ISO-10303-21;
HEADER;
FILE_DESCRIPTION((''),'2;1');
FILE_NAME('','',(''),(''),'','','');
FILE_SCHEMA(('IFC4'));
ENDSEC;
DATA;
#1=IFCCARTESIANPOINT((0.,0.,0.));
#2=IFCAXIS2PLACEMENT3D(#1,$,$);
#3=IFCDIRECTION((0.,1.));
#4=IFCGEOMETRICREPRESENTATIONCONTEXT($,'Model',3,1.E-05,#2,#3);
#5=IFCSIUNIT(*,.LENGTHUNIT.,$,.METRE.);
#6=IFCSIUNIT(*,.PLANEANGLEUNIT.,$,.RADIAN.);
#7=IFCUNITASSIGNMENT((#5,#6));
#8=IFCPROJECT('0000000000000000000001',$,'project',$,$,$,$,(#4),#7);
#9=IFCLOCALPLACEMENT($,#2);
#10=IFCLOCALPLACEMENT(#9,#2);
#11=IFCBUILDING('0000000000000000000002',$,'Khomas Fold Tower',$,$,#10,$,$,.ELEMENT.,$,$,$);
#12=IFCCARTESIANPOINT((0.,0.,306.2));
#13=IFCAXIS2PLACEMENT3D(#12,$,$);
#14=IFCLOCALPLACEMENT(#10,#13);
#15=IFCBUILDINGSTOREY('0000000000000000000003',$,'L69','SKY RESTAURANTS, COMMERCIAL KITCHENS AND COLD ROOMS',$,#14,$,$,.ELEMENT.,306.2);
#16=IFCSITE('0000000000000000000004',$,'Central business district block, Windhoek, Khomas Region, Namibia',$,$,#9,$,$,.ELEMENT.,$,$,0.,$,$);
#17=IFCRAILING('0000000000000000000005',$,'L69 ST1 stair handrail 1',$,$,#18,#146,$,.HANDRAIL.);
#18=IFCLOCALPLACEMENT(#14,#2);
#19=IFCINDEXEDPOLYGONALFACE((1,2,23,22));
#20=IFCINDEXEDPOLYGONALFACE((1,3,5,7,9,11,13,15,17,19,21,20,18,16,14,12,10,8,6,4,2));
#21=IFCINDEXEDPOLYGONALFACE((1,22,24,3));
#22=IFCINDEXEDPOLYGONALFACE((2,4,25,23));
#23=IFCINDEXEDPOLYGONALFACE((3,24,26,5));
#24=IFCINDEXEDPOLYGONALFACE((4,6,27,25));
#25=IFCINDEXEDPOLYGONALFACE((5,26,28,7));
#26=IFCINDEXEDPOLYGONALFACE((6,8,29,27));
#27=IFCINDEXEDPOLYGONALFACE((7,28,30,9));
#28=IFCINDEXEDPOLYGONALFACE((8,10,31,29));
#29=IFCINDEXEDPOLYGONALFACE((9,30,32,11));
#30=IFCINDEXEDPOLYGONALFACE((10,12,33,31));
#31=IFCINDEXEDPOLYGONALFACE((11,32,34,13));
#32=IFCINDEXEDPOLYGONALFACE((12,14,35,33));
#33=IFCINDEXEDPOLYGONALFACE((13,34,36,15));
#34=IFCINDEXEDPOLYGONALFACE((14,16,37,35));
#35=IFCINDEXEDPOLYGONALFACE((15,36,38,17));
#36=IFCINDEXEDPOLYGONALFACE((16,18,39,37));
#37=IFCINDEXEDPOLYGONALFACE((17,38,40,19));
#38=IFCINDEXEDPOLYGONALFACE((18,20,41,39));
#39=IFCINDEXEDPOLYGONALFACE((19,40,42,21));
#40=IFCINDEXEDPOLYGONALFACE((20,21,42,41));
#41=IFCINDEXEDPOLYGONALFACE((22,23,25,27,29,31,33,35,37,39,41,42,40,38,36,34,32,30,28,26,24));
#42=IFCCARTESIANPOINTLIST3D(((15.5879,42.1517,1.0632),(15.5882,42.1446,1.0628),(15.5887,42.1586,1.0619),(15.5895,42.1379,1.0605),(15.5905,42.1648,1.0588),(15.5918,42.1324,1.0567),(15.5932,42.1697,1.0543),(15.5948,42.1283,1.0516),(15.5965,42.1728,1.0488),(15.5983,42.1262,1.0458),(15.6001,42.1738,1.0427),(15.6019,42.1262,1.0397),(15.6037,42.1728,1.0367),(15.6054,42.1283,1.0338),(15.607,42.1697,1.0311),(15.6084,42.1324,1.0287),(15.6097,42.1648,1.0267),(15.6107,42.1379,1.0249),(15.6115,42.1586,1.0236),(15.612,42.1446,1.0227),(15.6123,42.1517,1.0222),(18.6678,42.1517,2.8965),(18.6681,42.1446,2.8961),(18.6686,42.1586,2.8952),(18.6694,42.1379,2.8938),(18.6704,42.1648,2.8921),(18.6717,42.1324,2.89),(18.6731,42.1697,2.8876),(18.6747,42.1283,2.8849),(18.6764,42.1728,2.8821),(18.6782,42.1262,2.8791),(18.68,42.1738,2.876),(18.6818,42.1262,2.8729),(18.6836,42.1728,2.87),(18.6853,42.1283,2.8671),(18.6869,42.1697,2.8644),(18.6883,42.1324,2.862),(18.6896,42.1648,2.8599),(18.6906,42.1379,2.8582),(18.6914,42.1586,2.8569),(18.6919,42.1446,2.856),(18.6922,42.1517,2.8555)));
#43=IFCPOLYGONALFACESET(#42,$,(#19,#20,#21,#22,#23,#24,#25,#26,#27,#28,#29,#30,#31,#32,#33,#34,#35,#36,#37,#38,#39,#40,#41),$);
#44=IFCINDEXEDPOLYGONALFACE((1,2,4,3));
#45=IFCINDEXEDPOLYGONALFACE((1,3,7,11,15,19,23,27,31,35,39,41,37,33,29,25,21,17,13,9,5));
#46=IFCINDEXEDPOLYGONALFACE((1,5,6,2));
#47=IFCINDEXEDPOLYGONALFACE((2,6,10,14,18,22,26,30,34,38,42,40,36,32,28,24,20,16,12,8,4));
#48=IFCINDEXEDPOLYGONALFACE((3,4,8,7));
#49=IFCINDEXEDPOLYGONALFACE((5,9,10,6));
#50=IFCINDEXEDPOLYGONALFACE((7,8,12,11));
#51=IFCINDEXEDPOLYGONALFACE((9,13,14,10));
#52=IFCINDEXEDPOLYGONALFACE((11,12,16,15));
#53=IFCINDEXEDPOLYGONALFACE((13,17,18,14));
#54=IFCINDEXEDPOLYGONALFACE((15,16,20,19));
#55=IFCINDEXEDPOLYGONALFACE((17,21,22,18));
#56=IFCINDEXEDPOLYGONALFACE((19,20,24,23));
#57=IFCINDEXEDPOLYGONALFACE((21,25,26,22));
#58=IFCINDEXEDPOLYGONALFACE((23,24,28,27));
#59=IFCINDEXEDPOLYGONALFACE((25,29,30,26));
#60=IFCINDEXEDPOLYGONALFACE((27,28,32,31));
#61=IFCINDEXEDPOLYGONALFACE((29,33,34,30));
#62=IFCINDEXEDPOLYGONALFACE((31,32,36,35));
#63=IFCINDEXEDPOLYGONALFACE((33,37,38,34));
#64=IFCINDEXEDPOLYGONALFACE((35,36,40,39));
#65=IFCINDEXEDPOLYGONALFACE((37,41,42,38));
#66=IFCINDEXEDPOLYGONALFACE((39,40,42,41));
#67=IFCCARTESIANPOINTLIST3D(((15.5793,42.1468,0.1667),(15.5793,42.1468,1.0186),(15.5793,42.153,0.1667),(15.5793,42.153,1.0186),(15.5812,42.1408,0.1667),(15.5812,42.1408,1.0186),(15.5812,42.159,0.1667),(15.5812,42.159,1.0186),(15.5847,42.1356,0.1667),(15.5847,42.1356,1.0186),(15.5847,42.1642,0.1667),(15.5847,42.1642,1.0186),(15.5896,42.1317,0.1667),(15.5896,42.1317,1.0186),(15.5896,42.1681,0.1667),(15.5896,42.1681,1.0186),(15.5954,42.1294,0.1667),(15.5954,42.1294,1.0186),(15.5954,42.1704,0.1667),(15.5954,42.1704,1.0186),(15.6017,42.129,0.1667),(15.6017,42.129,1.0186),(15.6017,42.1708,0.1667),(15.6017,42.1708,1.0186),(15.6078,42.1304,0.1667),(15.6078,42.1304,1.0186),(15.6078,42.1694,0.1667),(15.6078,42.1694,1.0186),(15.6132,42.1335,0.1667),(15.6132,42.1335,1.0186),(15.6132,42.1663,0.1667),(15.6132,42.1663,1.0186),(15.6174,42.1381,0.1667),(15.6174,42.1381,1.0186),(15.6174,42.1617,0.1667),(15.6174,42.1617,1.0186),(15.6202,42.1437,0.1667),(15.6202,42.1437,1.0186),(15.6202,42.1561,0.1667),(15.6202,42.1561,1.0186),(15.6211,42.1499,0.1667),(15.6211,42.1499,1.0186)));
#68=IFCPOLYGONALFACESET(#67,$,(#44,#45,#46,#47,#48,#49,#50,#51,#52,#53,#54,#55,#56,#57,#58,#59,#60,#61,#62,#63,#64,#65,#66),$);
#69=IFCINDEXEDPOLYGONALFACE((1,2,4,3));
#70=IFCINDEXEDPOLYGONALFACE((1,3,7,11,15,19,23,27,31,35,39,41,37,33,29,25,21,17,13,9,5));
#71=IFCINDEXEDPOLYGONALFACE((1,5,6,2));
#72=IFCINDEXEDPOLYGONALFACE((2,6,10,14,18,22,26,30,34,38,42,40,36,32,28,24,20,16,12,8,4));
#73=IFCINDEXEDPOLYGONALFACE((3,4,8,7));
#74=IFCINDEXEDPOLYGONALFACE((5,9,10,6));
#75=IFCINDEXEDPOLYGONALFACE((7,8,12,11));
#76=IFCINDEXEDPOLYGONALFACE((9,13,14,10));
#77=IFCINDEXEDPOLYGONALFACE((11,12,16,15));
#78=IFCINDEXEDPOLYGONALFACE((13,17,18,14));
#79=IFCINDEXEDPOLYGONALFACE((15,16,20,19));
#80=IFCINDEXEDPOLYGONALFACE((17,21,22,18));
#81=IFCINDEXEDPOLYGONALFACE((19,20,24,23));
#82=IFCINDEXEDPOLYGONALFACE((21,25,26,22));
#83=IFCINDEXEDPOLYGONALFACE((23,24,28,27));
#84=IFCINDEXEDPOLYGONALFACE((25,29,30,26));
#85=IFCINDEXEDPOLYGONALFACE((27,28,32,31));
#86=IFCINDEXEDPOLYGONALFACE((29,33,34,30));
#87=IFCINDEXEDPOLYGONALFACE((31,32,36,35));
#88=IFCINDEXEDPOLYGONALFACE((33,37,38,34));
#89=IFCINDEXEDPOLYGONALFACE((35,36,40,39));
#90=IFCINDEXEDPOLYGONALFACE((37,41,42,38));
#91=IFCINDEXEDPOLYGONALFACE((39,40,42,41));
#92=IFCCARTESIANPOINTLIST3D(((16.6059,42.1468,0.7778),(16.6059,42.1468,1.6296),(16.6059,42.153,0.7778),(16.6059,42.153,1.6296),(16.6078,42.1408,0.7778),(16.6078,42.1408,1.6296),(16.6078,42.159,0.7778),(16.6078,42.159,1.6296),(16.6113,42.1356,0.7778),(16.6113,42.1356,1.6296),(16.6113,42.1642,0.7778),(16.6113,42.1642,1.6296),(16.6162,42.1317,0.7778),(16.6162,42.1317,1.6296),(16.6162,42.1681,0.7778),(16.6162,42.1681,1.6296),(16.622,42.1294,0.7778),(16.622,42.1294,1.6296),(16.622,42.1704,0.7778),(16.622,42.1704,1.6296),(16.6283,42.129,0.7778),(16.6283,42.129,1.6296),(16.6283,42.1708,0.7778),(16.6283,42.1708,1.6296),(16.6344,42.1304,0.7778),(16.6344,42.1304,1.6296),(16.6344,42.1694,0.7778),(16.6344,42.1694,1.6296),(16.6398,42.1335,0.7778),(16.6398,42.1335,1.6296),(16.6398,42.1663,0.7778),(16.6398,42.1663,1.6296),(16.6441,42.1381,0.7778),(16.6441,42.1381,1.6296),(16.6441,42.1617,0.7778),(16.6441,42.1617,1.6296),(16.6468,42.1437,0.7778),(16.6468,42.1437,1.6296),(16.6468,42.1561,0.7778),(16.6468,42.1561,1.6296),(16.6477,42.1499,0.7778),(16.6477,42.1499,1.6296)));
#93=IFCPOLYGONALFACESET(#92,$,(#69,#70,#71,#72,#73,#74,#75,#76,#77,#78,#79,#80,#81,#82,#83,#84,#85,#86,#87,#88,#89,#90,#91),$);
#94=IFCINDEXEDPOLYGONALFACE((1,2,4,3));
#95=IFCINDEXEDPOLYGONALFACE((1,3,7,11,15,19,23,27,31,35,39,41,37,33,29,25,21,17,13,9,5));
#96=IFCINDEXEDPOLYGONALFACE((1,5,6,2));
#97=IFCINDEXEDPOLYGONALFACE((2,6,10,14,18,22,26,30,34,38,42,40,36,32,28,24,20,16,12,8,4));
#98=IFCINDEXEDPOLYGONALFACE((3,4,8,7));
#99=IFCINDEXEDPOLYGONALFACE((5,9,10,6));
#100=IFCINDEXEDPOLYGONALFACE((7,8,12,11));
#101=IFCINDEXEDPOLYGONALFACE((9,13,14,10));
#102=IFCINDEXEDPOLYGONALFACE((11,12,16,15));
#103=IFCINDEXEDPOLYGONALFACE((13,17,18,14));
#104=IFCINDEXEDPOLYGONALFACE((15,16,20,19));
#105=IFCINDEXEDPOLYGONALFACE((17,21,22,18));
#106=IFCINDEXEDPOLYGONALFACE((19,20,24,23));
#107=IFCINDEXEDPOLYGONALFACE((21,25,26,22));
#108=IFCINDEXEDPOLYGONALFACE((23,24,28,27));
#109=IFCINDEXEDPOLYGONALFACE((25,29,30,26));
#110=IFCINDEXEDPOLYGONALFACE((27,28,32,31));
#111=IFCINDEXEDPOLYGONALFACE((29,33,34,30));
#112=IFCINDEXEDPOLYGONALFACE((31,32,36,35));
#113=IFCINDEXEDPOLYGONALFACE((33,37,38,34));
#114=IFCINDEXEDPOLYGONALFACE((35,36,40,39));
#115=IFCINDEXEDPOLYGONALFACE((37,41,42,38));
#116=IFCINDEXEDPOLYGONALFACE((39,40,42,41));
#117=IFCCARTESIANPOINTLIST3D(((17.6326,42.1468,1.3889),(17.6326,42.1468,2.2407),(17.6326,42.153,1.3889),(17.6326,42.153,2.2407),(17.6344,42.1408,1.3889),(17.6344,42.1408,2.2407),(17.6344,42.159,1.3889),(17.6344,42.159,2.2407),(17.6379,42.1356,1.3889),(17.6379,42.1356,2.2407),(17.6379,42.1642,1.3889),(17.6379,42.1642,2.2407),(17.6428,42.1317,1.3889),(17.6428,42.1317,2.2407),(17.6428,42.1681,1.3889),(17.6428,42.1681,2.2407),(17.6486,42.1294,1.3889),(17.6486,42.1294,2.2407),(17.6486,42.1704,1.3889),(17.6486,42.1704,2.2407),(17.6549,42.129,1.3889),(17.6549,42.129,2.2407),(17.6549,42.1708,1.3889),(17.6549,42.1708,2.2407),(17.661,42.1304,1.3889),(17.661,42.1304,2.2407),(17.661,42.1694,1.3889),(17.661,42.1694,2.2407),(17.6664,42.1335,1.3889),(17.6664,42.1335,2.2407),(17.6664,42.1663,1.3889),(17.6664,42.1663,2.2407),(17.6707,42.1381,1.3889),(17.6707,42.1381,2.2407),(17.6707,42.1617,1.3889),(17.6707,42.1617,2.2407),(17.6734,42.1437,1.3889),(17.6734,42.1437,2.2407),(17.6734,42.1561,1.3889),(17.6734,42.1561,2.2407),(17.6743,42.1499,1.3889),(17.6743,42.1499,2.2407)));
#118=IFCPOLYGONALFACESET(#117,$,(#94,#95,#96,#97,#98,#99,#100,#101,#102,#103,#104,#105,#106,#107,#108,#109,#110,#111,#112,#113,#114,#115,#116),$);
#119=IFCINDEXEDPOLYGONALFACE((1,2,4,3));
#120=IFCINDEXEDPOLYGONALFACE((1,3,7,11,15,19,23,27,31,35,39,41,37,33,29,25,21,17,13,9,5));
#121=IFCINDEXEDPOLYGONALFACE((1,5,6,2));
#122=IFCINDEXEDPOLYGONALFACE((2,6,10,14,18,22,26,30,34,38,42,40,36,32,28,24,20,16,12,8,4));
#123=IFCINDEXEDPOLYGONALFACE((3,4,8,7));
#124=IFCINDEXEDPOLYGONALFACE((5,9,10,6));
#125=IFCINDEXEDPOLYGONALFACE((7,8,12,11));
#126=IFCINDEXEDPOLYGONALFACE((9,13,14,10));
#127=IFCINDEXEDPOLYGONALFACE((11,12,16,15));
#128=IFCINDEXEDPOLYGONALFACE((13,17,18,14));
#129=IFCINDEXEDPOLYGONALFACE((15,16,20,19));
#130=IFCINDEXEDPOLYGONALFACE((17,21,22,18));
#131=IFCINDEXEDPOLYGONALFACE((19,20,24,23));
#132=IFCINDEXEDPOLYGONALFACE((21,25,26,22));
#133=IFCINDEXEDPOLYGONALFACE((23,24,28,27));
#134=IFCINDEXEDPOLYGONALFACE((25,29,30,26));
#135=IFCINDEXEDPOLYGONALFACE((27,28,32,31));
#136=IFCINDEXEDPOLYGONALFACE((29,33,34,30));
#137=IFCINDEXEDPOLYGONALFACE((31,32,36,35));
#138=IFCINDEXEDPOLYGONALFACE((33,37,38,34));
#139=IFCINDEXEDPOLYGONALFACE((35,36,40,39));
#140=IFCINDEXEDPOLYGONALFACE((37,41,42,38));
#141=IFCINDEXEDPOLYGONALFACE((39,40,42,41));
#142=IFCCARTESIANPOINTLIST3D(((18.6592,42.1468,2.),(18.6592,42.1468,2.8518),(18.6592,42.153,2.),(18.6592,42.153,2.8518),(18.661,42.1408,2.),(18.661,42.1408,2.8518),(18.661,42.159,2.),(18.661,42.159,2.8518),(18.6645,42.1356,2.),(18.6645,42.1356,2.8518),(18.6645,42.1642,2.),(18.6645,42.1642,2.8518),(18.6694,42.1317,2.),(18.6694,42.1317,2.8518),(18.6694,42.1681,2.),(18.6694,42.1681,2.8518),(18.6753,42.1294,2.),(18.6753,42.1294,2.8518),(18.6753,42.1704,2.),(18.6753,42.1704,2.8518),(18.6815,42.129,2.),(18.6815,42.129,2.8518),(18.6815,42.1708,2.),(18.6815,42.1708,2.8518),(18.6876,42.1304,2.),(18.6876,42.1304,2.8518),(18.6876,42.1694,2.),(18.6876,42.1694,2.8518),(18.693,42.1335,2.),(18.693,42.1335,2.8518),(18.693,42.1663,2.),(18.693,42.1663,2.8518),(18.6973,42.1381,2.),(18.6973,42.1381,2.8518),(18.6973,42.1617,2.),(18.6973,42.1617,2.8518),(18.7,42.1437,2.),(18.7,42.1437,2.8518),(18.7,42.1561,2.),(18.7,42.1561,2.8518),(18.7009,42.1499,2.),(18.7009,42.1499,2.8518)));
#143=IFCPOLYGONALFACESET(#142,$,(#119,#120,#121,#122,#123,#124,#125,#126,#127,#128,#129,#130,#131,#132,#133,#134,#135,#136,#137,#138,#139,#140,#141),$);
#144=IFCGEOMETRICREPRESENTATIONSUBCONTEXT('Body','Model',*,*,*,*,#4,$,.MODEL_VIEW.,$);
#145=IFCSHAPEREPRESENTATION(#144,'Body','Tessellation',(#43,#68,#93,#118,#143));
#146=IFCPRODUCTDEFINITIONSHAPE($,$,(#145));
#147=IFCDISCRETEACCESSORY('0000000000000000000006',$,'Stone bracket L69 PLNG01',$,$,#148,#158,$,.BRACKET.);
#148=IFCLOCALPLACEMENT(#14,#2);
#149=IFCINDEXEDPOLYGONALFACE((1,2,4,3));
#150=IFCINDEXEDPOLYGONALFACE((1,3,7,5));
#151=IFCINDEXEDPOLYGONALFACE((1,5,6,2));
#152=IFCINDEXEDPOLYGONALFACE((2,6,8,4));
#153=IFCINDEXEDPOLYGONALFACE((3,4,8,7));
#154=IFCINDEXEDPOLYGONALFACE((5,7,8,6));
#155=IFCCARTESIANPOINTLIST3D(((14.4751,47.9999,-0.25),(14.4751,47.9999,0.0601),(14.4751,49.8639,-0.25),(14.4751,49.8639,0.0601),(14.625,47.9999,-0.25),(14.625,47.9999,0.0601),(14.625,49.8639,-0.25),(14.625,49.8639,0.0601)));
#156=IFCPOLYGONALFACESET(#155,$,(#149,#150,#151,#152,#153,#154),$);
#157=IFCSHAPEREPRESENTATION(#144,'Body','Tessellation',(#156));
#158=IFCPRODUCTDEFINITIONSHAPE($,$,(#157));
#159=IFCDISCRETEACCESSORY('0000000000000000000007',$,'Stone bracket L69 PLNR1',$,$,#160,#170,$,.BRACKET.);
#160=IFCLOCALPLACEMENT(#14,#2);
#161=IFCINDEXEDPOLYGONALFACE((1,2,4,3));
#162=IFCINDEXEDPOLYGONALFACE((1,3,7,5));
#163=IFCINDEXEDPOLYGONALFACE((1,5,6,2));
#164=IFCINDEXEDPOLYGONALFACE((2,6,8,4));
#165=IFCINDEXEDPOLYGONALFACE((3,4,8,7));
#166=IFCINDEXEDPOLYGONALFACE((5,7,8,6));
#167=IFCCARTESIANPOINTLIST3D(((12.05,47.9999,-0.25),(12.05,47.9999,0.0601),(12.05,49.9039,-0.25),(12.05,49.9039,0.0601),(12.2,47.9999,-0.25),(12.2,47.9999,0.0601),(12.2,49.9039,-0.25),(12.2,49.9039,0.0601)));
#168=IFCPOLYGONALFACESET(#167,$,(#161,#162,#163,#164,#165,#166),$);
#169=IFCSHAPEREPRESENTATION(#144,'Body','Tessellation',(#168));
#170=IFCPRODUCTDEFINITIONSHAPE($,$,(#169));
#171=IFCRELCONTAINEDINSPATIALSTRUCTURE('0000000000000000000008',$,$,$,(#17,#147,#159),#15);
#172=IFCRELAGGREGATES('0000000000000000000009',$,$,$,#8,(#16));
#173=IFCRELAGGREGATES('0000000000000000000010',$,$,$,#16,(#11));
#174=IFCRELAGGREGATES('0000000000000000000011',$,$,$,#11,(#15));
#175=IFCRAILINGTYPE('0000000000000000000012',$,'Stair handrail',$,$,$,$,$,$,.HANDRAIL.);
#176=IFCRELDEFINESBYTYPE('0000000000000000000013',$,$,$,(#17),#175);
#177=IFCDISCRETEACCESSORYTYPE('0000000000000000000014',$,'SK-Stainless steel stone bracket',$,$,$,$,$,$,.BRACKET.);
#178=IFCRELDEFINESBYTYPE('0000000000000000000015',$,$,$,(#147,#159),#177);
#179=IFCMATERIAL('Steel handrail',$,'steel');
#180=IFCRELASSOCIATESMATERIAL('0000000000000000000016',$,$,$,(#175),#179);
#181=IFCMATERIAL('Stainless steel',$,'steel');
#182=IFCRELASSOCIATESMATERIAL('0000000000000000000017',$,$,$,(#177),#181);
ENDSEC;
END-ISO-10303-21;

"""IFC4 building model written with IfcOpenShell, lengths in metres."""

from ifc_helpers import new_model, si_unit, direction, frame, origin, origin_2d, place, context, subcontext, project, spatial, rectangle, circle, extrude, source, transform, mapped, material, type_object, element, save


model = new_model("IFC4")

# Units and contexts
model_context = context("Model", 3, precision=1e-05, world=origin(), true_north=direction((0.0, 1.0)))
body_context = subcontext(model_context, "Body", "Model", "MODEL_VIEW")
ifc_project = project(units=[si_unit("LENGTHUNIT", "METRE"), si_unit("PLANEANGLEUNIT", "RADIAN")], contexts=[model_context])

# Site, building, storey
site_placement = place(None, origin())
site = spatial("IfcSite", under=ifc_project, at=site_placement, Name="Central business district block, Windhoek, Khomas Region, Namibia", CompositionType="ELEMENT", RefElevation=0.0)
building_placement = place(site_placement, origin())
building = spatial("IfcBuilding", under=site, at=building_placement, Name="Khomas Fold Tower", CompositionType="ELEMENT")
storey_placement = place(building_placement, frame((0.0, 0.0, 306.2)))
storey = spatial("IfcBuildingStorey", under=building, at=storey_placement, Name="L69", Description="SKY RESTAURANTS, COMMERCIAL KITCHENS AND COLD ROOMS", CompositionType="ELEMENT", Elevation=306.2)

# Railing
ifc_material_1 = material(Name="Steel handrail", Category="steel")
railing_type_1 = type_object("IfcRailingType", Name="Stair handrail", PredefinedType="HANDRAIL", material=ifc_material_1)
shared_shape_1 = source(origin(), body_context, "Body", "SweptSolid", [
    extrude(circle(Radius=0.0239, at=origin_2d()), frame((0.0, 0.0, 0.876), z_axis=(0.859291, 0.0, 0.511487), x_axis=(0.0, 1.0, 0.0)), (0.0, 0.0, 1.0), 3.5842),
    extrude(circle(Radius=0.021, at=origin_2d()), origin(), (0.0, 0.0, 1.0), 0.8518),
    extrude(circle(Radius=0.021, at=origin_2d()), frame((1.0266, 0.0, 0.6111)), (0.0, 0.0, 1.0), 0.8518),
    extrude(circle(Radius=0.021, at=origin_2d()), frame((2.0532, 0.0, 1.2222)), (0.0, 0.0, 1.0), 0.8518),
    extrude(circle(Radius=0.021, at=origin_2d()), frame((3.0798, 0.0, 1.8333)), (0.0, 0.0, 1.0), 0.8518),
])
railing_1_placement = place(storey_placement, frame((15.6001, 42.1499, 0.1667)))
element("IfcRailing", 1, at=railing_1_placement, inside=storey, type_object=railing_type_1, Name="L69 ST1 stair handrail 1", PredefinedType="HANDRAIL", context=body_context, shape_type="MappedRepresentation", body=[
    mapped(shared_shape_1, transform((0.0, 0.0, 0.0))),
])

# Discrete accessories
ifc_material_2 = material(Name="Stainless steel", Category="steel")
discrete_accessory_type = type_object("IfcDiscreteAccessoryType", Name="SK-Stainless steel stone bracket", PredefinedType="BRACKET", material=ifc_material_2)
shared_shape_2 = source(origin(), body_context, "Body", "SweptSolid", [
    extrude(rectangle(XDim=1.864, YDim=0.1499, at=origin_2d()), origin(), (0.0, 0.0, 1.0), 0.3101),
])
discrete_accessory_1_placement = place(storey_placement, frame((14.55, 48.9319, -0.25), z_axis=(0.0, 0.0, 1.0), x_axis=(0.0, 1.0, 0.0)))
element("IfcDiscreteAccessory", 2, at=discrete_accessory_1_placement, inside=storey, type_object=discrete_accessory_type, Name="Stone bracket L69 PLNG01", PredefinedType="BRACKET", context=body_context, shape_type="MappedRepresentation", body=[
    mapped(shared_shape_2, transform((0.0, 0.0, 0.0))),
])
shared_shape_3 = source(origin(), body_context, "Body", "SweptSolid", [
    extrude(rectangle(XDim=1.9041, YDim=0.1499, at=origin_2d()), origin(), (0.0, 0.0, 1.0), 0.3101),
])
discrete_accessory_2_placement = place(storey_placement, frame((12.125, 48.9519, -0.25), z_axis=(0.0, 0.0, 1.0), x_axis=(0.0, 1.0, 0.0)))
element("IfcDiscreteAccessory", 3, at=discrete_accessory_2_placement, inside=storey, type_object=discrete_accessory_type, Name="Stone bracket L69 PLNR1", PredefinedType="BRACKET", context=body_context, shape_type="MappedRepresentation", body=[
    mapped(shared_shape_3, transform((0.0, 0.0, 0.0))),
])

save(model, "model.ifc")
